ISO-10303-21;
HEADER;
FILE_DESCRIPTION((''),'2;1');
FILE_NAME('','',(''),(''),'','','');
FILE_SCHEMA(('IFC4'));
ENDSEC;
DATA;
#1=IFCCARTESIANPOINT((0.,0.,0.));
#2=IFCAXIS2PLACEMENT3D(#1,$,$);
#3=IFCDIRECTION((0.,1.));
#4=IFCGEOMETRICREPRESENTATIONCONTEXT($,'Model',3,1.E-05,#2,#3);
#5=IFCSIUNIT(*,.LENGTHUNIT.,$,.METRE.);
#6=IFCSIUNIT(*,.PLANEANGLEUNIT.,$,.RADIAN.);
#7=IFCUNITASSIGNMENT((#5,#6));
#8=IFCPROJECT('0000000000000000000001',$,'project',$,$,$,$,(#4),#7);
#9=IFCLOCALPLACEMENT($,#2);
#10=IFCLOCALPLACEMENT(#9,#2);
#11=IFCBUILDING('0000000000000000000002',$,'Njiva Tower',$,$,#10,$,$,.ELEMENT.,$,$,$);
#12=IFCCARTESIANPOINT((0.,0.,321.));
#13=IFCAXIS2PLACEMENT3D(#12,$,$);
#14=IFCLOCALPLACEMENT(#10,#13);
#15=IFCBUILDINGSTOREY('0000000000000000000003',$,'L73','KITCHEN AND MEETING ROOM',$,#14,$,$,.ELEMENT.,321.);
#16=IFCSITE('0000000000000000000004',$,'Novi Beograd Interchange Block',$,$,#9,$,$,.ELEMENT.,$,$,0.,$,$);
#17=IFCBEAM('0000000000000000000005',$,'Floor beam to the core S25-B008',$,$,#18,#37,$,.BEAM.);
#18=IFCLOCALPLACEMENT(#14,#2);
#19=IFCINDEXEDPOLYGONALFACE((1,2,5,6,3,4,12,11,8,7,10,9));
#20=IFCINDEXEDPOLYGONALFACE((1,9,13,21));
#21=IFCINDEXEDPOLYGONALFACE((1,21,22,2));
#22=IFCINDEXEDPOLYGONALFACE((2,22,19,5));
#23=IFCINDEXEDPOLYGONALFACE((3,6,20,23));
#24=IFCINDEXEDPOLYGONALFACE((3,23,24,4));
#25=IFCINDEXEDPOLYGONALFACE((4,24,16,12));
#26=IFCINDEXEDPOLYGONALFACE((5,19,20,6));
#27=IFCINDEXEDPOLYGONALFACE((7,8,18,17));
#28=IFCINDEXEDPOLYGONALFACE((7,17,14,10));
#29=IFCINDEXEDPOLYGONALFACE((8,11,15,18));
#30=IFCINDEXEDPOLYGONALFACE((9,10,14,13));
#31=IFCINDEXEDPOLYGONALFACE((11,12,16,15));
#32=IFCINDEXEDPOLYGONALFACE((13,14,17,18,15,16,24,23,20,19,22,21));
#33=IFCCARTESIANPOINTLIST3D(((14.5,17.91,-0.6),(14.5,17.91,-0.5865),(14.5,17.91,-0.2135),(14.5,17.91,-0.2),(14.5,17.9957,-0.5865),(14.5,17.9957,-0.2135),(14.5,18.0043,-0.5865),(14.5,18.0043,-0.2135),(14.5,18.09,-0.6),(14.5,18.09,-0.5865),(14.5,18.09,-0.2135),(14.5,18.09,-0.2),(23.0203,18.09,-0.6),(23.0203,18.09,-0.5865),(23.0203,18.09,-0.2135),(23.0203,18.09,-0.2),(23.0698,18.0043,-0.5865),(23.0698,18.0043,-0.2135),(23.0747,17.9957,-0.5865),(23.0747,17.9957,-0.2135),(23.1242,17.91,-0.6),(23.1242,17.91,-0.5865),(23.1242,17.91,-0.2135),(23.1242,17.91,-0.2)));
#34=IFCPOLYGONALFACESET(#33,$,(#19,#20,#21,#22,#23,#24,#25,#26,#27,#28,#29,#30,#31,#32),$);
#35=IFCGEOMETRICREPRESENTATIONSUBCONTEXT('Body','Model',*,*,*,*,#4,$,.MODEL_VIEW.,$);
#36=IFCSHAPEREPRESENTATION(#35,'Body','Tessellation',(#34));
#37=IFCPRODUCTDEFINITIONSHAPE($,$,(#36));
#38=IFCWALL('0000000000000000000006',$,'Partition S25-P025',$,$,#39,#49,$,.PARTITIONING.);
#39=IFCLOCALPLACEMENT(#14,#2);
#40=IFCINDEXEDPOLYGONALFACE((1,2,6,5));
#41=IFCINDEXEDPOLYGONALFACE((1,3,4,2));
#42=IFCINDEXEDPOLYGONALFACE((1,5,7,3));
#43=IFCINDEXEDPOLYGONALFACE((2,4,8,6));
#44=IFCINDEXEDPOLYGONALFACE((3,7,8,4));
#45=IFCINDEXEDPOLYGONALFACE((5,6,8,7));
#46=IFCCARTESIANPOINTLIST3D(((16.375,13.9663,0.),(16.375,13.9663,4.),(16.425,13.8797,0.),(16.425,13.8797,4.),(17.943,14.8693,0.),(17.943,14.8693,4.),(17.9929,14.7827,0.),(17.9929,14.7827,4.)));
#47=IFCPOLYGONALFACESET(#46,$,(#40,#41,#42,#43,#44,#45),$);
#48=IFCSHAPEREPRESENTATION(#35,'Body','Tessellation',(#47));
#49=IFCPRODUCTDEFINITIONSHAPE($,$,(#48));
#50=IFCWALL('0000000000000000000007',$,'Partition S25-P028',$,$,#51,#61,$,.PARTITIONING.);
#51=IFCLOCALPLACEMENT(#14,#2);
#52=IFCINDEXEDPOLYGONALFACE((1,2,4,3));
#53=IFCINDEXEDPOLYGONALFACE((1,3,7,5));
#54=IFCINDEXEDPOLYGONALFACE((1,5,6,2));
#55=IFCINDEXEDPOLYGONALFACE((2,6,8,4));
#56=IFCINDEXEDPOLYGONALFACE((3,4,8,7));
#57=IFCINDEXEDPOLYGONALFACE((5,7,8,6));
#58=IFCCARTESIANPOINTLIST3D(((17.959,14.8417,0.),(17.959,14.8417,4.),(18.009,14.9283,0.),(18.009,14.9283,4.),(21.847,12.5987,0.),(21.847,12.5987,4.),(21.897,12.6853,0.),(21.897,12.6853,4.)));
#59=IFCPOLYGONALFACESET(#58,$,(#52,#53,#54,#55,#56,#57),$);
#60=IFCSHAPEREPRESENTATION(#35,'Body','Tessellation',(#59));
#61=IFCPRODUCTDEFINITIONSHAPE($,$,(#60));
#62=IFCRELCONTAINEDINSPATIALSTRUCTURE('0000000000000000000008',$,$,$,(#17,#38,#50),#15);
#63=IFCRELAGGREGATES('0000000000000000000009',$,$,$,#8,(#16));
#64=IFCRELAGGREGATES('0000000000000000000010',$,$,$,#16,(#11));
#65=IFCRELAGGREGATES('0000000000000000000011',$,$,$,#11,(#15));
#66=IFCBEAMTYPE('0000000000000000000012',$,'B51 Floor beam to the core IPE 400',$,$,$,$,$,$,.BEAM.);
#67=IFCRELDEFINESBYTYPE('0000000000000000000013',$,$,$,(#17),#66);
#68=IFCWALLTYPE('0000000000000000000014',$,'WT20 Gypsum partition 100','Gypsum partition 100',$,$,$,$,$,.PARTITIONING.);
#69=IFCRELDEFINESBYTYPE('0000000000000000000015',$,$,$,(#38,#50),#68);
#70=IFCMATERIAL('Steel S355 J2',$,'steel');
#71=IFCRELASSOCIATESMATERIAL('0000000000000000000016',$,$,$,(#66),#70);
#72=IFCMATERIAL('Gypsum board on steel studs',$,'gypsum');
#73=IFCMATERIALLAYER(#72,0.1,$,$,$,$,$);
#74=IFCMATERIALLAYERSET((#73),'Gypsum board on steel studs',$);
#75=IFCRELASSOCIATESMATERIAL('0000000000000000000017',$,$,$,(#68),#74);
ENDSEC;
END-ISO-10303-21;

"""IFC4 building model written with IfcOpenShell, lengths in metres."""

from ifc_helpers import new_model, si_unit, direction, frame, frame_2d, origin, origin_2d, place, context, subcontext, project, spatial, rectangle, i_section, extrude, clip, halfspace, material, layer, layer_set, material_profile, profile_set, type_object, element, save


model = new_model("IFC4")

# Units and contexts
model_context = context("Model", 3, precision=1e-05, world=origin(), true_north=direction((0.0, 1.0)))
body_context = subcontext(model_context, "Body", "Model", "MODEL_VIEW")
ifc_project = project(units=[si_unit("LENGTHUNIT", "METRE"), si_unit("PLANEANGLEUNIT", "RADIAN")], contexts=[model_context])

# Site, building, storey
site_placement = place(None, origin())
site = spatial("IfcSite", under=ifc_project, at=site_placement, Name="Novi Beograd Interchange Block", CompositionType="ELEMENT", RefElevation=0.0)
building_placement = place(site_placement, origin())
building = spatial("IfcBuilding", under=site, at=building_placement, Name="Njiva Tower", CompositionType="ELEMENT")
storey_placement = place(building_placement, frame((0.0, 0.0, 321.0)))
storey = spatial("IfcBuildingStorey", under=building, at=storey_placement, Name="L73", Description="KITCHEN AND MEETING ROOM", CompositionType="ELEMENT", Elevation=321.0)

# Shared definitions
ifc_material_1 = material(Name="Steel S355 J2", Category="steel")

# Beam
ifc_material_profile_1 = material_profile(ifc_material_1, i_section(OverallWidth=0.18, OverallDepth=0.4, WebThickness=0.0086, FlangeThickness=0.0135, at=origin_2d()), Name="IPE 400")
ifc_profile_set_1 = profile_set([ifc_material_profile_1], Name="Steel S355 J2")
beam_type_1 = type_object("IfcBeamType", Name="B51 Floor beam to the core IPE 400", PredefinedType="BEAM", material=ifc_profile_set_1)
beam_1_placement = place(storey_placement, frame((14.5, 18.0, -0.4), z_axis=(1.0, 0.0, 0.0), x_axis=(0.0, 1.0, 0.0)))
element("IfcBeam", 1, at=beam_1_placement, inside=storey, type_object=beam_type_1, Name="Floor beam to the core S25-B008", PredefinedType="BEAM", context=body_context, shape_type="Clipping", body=[
    clip(extrude(i_section(OverallWidth=0.18, OverallDepth=0.4, WebThickness=0.0086, FlangeThickness=0.0135, at=origin_2d()), origin(), (0.0, 0.0, 1.0), 8.644), halfspace(frame((0.025, 0.0, 8.5578), z_axis=(0.499998, 0.0, 0.866027), x_axis=(0.0, 1.0, 0.0)), False)),
])

# Walls
ifc_material_2 = material(Name="Gypsum board on steel studs", Category="gypsum")
ifc_layer_1 = layer(ifc_material_2, 0.1)
ifc_layer_set_1 = layer_set([ifc_layer_1], Name="Gypsum board on steel studs")
wall_type_1 = type_object("IfcWallType", Name="WT20 Gypsum partition 100", Description="Gypsum partition 100", PredefinedType="PARTITIONING", material=ifc_layer_set_1)
wall_1_placement = place(storey_placement, frame((16.4, 13.923, 0.0), z_axis=(0.0, 0.0, 1.0), x_axis=(0.866572, 0.499052, 0.0)))
element("IfcWall", 2, at=wall_1_placement, inside=storey, type_object=wall_type_1, Name="Partition S25-P025", PredefinedType="PARTITIONING", context=body_context, shape_type="SweptSolid", body=[
    extrude(rectangle(XDim=1.8094, YDim=0.1, at=frame_2d((0.9047, 0.0))), origin(), (0.0, 0.0, 1.0), 4.0),
])
wall_2_placement = place(storey_placement, frame((17.984, 14.885, 0.0), z_axis=(0.0, 0.0, 1.0), x_axis=(0.866193, -0.49971, 0.0)))
element("IfcWall", 3, at=wall_2_placement, inside=storey, type_object=wall_type_1, Name="Partition S25-P028", PredefinedType="PARTITIONING", context=body_context, shape_type="SweptSolid", body=[
    extrude(rectangle(XDim=4.4886, YDim=0.1, at=frame_2d((2.2443, 0.0))), origin(), (0.0, 0.0, 1.0), 4.0),
])

save(model, "model.ifc")
